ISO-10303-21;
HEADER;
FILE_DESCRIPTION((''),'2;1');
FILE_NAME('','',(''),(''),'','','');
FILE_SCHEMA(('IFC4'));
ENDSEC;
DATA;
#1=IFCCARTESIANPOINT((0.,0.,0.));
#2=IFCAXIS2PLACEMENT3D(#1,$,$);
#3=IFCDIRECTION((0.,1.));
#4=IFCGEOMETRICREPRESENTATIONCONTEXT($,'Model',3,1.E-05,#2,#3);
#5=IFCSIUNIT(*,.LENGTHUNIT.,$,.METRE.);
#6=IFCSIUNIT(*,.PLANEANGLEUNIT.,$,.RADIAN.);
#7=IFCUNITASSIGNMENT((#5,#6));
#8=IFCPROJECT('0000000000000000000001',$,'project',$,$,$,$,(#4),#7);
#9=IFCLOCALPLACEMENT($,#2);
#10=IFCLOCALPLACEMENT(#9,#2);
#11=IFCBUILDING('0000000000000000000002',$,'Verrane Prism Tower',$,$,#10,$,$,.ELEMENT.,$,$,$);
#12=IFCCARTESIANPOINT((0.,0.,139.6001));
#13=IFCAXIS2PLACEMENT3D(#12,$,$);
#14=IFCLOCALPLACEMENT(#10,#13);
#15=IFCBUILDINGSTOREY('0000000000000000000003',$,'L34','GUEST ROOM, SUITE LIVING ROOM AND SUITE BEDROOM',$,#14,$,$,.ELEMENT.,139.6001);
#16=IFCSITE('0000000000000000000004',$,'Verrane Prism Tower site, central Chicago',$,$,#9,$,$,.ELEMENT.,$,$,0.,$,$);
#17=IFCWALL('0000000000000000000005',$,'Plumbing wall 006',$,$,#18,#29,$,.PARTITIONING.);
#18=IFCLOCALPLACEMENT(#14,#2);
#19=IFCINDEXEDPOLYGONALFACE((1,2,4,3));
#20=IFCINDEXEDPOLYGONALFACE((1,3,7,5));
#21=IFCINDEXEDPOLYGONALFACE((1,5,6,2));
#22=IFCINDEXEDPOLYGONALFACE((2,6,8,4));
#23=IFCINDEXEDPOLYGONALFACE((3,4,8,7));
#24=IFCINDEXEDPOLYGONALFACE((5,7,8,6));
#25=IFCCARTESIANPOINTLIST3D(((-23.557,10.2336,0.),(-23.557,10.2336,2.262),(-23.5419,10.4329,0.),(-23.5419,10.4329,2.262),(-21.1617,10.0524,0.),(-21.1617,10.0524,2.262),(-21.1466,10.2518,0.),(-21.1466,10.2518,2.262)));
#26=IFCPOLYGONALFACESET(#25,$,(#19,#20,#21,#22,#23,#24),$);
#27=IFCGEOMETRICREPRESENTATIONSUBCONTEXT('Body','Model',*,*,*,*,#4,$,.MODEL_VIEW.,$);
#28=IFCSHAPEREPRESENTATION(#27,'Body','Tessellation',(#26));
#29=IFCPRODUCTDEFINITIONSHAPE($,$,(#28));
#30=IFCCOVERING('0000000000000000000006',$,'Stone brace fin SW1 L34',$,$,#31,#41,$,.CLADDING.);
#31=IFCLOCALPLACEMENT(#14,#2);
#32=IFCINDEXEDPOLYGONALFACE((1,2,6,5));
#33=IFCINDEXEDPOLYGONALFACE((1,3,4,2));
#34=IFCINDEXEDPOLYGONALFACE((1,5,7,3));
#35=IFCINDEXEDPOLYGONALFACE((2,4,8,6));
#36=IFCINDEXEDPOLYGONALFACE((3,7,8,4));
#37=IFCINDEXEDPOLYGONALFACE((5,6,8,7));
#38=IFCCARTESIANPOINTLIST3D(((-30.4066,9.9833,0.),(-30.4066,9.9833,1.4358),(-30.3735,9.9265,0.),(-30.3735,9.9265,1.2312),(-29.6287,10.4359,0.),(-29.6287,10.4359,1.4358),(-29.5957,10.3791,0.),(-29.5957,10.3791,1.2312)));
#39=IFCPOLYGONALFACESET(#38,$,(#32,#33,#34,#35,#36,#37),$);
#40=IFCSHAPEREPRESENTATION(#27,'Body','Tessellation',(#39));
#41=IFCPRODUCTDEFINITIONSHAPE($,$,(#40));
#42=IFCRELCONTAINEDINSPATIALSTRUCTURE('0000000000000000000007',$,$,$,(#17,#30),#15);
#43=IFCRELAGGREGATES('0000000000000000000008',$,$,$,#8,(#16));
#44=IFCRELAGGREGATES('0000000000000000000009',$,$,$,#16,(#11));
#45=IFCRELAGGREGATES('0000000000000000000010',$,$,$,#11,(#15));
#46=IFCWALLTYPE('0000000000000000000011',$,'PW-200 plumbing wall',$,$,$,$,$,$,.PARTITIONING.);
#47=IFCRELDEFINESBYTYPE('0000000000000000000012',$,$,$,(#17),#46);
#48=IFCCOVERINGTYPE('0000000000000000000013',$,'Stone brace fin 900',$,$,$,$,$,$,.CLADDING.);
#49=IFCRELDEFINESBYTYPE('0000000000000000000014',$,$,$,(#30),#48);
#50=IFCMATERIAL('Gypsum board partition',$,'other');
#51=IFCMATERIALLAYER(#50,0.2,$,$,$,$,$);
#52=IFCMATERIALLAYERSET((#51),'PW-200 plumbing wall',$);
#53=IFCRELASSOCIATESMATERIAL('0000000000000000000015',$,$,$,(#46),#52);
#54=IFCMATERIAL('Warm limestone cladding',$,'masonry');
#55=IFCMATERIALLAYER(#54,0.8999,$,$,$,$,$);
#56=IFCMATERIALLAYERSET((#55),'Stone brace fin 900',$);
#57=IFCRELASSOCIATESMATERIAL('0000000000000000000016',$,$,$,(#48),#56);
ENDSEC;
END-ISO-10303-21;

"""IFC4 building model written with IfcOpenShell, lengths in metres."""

from ifc_helpers import new_model, si_unit, direction, frame, frame_2d, origin, place, context, subcontext, project, spatial, polyline, rectangle, outline, extrude, material, layer, layer_set, type_object, element, save


model = new_model("IFC4")

# Units and contexts
model_context = context("Model", 3, precision=1e-05, world=origin(), true_north=direction((0.0, 1.0)))
body_context = subcontext(model_context, "Body", "Model", "MODEL_VIEW")
ifc_project = project(units=[si_unit("LENGTHUNIT", "METRE"), si_unit("PLANEANGLEUNIT", "RADIAN")], contexts=[model_context])

# Site, building, storey
site_placement = place(None, origin())
site = spatial("IfcSite", under=ifc_project, at=site_placement, Name="Verrane Prism Tower site, central Chicago", CompositionType="ELEMENT", RefElevation=0.0)
building_placement = place(site_placement, origin())
building = spatial("IfcBuilding", under=site, at=building_placement, Name="Verrane Prism Tower", CompositionType="ELEMENT")
storey_placement = place(building_placement, frame((0.0, 0.0, 139.6001)))
storey = spatial("IfcBuildingStorey", under=building, at=storey_placement, Name="L34", Description="GUEST ROOM, SUITE LIVING ROOM AND SUITE BEDROOM", CompositionType="ELEMENT", Elevation=139.6001)

# Shared definitions
ifc_material_1 = material(Name="Gypsum board partition", Category="other")
ifc_layer_1 = layer(ifc_material_1, 0.2)
ifc_layer_set_1 = layer_set([ifc_layer_1], Name="PW-200 plumbing wall")
wall_type_1 = type_object("IfcWallType", Name="PW-200 plumbing wall", PredefinedType="PARTITIONING", material=ifc_layer_set_1)

# Wall
wall_1_placement = place(storey_placement, frame((-23.5496, 10.3333, 0.0), z_axis=(0.0, 0.0, 1.0), x_axis=(0.997152, -0.075414, 0.0)))
element("IfcWall", 1, at=wall_1_placement, inside=storey, type_object=wall_type_1, Name="Plumbing wall 006", PredefinedType="PARTITIONING", context=body_context, shape_type="SweptSolid", body=[
    extrude(rectangle(XDim=2.4021, YDim=0.2, at=frame_2d((1.2012, 0.0))), origin(), (0.0, 0.0, 1.0), 2.262),
])

# Covering
ifc_material_2 = material(Name="Warm limestone cladding", Category="masonry")
ifc_layer_2 = layer(ifc_material_2, 0.8999)
ifc_layer_set_2 = layer_set([ifc_layer_2], Name="Stone brace fin 900")
covering_type = type_object("IfcCoveringType", Name="Stone brace fin 900", PredefinedType="CLADDING", material=ifc_layer_set_2)
covering_placement = place(storey_placement, frame((-29.9846, 10.1528, 0.0), z_axis=(0.0, 0.0, 1.0), x_axis=(-0.502944, 0.864319, 0.0)))
element("IfcCovering", 2, at=covering_placement, inside=storey, type_object=covering_type, Name="Stone brace fin SW1 L34", PredefinedType="CLADDING", context=body_context, shape_type="SweptSolid", body=[
    extrude(outline(polyline([(0.0, 0.0), (0.0657, 0.0), (0.0657, 1.4358), (0.0, 1.2312), (0.0, 0.0)])), frame((0.0, 0.45, 0.0), z_axis=(0.0, -1.0, 0.0), x_axis=(1.0, 0.0, 0.0)), (0.0, 0.0, 1.0), 0.8999),
])

save(model, "model.ifc")
